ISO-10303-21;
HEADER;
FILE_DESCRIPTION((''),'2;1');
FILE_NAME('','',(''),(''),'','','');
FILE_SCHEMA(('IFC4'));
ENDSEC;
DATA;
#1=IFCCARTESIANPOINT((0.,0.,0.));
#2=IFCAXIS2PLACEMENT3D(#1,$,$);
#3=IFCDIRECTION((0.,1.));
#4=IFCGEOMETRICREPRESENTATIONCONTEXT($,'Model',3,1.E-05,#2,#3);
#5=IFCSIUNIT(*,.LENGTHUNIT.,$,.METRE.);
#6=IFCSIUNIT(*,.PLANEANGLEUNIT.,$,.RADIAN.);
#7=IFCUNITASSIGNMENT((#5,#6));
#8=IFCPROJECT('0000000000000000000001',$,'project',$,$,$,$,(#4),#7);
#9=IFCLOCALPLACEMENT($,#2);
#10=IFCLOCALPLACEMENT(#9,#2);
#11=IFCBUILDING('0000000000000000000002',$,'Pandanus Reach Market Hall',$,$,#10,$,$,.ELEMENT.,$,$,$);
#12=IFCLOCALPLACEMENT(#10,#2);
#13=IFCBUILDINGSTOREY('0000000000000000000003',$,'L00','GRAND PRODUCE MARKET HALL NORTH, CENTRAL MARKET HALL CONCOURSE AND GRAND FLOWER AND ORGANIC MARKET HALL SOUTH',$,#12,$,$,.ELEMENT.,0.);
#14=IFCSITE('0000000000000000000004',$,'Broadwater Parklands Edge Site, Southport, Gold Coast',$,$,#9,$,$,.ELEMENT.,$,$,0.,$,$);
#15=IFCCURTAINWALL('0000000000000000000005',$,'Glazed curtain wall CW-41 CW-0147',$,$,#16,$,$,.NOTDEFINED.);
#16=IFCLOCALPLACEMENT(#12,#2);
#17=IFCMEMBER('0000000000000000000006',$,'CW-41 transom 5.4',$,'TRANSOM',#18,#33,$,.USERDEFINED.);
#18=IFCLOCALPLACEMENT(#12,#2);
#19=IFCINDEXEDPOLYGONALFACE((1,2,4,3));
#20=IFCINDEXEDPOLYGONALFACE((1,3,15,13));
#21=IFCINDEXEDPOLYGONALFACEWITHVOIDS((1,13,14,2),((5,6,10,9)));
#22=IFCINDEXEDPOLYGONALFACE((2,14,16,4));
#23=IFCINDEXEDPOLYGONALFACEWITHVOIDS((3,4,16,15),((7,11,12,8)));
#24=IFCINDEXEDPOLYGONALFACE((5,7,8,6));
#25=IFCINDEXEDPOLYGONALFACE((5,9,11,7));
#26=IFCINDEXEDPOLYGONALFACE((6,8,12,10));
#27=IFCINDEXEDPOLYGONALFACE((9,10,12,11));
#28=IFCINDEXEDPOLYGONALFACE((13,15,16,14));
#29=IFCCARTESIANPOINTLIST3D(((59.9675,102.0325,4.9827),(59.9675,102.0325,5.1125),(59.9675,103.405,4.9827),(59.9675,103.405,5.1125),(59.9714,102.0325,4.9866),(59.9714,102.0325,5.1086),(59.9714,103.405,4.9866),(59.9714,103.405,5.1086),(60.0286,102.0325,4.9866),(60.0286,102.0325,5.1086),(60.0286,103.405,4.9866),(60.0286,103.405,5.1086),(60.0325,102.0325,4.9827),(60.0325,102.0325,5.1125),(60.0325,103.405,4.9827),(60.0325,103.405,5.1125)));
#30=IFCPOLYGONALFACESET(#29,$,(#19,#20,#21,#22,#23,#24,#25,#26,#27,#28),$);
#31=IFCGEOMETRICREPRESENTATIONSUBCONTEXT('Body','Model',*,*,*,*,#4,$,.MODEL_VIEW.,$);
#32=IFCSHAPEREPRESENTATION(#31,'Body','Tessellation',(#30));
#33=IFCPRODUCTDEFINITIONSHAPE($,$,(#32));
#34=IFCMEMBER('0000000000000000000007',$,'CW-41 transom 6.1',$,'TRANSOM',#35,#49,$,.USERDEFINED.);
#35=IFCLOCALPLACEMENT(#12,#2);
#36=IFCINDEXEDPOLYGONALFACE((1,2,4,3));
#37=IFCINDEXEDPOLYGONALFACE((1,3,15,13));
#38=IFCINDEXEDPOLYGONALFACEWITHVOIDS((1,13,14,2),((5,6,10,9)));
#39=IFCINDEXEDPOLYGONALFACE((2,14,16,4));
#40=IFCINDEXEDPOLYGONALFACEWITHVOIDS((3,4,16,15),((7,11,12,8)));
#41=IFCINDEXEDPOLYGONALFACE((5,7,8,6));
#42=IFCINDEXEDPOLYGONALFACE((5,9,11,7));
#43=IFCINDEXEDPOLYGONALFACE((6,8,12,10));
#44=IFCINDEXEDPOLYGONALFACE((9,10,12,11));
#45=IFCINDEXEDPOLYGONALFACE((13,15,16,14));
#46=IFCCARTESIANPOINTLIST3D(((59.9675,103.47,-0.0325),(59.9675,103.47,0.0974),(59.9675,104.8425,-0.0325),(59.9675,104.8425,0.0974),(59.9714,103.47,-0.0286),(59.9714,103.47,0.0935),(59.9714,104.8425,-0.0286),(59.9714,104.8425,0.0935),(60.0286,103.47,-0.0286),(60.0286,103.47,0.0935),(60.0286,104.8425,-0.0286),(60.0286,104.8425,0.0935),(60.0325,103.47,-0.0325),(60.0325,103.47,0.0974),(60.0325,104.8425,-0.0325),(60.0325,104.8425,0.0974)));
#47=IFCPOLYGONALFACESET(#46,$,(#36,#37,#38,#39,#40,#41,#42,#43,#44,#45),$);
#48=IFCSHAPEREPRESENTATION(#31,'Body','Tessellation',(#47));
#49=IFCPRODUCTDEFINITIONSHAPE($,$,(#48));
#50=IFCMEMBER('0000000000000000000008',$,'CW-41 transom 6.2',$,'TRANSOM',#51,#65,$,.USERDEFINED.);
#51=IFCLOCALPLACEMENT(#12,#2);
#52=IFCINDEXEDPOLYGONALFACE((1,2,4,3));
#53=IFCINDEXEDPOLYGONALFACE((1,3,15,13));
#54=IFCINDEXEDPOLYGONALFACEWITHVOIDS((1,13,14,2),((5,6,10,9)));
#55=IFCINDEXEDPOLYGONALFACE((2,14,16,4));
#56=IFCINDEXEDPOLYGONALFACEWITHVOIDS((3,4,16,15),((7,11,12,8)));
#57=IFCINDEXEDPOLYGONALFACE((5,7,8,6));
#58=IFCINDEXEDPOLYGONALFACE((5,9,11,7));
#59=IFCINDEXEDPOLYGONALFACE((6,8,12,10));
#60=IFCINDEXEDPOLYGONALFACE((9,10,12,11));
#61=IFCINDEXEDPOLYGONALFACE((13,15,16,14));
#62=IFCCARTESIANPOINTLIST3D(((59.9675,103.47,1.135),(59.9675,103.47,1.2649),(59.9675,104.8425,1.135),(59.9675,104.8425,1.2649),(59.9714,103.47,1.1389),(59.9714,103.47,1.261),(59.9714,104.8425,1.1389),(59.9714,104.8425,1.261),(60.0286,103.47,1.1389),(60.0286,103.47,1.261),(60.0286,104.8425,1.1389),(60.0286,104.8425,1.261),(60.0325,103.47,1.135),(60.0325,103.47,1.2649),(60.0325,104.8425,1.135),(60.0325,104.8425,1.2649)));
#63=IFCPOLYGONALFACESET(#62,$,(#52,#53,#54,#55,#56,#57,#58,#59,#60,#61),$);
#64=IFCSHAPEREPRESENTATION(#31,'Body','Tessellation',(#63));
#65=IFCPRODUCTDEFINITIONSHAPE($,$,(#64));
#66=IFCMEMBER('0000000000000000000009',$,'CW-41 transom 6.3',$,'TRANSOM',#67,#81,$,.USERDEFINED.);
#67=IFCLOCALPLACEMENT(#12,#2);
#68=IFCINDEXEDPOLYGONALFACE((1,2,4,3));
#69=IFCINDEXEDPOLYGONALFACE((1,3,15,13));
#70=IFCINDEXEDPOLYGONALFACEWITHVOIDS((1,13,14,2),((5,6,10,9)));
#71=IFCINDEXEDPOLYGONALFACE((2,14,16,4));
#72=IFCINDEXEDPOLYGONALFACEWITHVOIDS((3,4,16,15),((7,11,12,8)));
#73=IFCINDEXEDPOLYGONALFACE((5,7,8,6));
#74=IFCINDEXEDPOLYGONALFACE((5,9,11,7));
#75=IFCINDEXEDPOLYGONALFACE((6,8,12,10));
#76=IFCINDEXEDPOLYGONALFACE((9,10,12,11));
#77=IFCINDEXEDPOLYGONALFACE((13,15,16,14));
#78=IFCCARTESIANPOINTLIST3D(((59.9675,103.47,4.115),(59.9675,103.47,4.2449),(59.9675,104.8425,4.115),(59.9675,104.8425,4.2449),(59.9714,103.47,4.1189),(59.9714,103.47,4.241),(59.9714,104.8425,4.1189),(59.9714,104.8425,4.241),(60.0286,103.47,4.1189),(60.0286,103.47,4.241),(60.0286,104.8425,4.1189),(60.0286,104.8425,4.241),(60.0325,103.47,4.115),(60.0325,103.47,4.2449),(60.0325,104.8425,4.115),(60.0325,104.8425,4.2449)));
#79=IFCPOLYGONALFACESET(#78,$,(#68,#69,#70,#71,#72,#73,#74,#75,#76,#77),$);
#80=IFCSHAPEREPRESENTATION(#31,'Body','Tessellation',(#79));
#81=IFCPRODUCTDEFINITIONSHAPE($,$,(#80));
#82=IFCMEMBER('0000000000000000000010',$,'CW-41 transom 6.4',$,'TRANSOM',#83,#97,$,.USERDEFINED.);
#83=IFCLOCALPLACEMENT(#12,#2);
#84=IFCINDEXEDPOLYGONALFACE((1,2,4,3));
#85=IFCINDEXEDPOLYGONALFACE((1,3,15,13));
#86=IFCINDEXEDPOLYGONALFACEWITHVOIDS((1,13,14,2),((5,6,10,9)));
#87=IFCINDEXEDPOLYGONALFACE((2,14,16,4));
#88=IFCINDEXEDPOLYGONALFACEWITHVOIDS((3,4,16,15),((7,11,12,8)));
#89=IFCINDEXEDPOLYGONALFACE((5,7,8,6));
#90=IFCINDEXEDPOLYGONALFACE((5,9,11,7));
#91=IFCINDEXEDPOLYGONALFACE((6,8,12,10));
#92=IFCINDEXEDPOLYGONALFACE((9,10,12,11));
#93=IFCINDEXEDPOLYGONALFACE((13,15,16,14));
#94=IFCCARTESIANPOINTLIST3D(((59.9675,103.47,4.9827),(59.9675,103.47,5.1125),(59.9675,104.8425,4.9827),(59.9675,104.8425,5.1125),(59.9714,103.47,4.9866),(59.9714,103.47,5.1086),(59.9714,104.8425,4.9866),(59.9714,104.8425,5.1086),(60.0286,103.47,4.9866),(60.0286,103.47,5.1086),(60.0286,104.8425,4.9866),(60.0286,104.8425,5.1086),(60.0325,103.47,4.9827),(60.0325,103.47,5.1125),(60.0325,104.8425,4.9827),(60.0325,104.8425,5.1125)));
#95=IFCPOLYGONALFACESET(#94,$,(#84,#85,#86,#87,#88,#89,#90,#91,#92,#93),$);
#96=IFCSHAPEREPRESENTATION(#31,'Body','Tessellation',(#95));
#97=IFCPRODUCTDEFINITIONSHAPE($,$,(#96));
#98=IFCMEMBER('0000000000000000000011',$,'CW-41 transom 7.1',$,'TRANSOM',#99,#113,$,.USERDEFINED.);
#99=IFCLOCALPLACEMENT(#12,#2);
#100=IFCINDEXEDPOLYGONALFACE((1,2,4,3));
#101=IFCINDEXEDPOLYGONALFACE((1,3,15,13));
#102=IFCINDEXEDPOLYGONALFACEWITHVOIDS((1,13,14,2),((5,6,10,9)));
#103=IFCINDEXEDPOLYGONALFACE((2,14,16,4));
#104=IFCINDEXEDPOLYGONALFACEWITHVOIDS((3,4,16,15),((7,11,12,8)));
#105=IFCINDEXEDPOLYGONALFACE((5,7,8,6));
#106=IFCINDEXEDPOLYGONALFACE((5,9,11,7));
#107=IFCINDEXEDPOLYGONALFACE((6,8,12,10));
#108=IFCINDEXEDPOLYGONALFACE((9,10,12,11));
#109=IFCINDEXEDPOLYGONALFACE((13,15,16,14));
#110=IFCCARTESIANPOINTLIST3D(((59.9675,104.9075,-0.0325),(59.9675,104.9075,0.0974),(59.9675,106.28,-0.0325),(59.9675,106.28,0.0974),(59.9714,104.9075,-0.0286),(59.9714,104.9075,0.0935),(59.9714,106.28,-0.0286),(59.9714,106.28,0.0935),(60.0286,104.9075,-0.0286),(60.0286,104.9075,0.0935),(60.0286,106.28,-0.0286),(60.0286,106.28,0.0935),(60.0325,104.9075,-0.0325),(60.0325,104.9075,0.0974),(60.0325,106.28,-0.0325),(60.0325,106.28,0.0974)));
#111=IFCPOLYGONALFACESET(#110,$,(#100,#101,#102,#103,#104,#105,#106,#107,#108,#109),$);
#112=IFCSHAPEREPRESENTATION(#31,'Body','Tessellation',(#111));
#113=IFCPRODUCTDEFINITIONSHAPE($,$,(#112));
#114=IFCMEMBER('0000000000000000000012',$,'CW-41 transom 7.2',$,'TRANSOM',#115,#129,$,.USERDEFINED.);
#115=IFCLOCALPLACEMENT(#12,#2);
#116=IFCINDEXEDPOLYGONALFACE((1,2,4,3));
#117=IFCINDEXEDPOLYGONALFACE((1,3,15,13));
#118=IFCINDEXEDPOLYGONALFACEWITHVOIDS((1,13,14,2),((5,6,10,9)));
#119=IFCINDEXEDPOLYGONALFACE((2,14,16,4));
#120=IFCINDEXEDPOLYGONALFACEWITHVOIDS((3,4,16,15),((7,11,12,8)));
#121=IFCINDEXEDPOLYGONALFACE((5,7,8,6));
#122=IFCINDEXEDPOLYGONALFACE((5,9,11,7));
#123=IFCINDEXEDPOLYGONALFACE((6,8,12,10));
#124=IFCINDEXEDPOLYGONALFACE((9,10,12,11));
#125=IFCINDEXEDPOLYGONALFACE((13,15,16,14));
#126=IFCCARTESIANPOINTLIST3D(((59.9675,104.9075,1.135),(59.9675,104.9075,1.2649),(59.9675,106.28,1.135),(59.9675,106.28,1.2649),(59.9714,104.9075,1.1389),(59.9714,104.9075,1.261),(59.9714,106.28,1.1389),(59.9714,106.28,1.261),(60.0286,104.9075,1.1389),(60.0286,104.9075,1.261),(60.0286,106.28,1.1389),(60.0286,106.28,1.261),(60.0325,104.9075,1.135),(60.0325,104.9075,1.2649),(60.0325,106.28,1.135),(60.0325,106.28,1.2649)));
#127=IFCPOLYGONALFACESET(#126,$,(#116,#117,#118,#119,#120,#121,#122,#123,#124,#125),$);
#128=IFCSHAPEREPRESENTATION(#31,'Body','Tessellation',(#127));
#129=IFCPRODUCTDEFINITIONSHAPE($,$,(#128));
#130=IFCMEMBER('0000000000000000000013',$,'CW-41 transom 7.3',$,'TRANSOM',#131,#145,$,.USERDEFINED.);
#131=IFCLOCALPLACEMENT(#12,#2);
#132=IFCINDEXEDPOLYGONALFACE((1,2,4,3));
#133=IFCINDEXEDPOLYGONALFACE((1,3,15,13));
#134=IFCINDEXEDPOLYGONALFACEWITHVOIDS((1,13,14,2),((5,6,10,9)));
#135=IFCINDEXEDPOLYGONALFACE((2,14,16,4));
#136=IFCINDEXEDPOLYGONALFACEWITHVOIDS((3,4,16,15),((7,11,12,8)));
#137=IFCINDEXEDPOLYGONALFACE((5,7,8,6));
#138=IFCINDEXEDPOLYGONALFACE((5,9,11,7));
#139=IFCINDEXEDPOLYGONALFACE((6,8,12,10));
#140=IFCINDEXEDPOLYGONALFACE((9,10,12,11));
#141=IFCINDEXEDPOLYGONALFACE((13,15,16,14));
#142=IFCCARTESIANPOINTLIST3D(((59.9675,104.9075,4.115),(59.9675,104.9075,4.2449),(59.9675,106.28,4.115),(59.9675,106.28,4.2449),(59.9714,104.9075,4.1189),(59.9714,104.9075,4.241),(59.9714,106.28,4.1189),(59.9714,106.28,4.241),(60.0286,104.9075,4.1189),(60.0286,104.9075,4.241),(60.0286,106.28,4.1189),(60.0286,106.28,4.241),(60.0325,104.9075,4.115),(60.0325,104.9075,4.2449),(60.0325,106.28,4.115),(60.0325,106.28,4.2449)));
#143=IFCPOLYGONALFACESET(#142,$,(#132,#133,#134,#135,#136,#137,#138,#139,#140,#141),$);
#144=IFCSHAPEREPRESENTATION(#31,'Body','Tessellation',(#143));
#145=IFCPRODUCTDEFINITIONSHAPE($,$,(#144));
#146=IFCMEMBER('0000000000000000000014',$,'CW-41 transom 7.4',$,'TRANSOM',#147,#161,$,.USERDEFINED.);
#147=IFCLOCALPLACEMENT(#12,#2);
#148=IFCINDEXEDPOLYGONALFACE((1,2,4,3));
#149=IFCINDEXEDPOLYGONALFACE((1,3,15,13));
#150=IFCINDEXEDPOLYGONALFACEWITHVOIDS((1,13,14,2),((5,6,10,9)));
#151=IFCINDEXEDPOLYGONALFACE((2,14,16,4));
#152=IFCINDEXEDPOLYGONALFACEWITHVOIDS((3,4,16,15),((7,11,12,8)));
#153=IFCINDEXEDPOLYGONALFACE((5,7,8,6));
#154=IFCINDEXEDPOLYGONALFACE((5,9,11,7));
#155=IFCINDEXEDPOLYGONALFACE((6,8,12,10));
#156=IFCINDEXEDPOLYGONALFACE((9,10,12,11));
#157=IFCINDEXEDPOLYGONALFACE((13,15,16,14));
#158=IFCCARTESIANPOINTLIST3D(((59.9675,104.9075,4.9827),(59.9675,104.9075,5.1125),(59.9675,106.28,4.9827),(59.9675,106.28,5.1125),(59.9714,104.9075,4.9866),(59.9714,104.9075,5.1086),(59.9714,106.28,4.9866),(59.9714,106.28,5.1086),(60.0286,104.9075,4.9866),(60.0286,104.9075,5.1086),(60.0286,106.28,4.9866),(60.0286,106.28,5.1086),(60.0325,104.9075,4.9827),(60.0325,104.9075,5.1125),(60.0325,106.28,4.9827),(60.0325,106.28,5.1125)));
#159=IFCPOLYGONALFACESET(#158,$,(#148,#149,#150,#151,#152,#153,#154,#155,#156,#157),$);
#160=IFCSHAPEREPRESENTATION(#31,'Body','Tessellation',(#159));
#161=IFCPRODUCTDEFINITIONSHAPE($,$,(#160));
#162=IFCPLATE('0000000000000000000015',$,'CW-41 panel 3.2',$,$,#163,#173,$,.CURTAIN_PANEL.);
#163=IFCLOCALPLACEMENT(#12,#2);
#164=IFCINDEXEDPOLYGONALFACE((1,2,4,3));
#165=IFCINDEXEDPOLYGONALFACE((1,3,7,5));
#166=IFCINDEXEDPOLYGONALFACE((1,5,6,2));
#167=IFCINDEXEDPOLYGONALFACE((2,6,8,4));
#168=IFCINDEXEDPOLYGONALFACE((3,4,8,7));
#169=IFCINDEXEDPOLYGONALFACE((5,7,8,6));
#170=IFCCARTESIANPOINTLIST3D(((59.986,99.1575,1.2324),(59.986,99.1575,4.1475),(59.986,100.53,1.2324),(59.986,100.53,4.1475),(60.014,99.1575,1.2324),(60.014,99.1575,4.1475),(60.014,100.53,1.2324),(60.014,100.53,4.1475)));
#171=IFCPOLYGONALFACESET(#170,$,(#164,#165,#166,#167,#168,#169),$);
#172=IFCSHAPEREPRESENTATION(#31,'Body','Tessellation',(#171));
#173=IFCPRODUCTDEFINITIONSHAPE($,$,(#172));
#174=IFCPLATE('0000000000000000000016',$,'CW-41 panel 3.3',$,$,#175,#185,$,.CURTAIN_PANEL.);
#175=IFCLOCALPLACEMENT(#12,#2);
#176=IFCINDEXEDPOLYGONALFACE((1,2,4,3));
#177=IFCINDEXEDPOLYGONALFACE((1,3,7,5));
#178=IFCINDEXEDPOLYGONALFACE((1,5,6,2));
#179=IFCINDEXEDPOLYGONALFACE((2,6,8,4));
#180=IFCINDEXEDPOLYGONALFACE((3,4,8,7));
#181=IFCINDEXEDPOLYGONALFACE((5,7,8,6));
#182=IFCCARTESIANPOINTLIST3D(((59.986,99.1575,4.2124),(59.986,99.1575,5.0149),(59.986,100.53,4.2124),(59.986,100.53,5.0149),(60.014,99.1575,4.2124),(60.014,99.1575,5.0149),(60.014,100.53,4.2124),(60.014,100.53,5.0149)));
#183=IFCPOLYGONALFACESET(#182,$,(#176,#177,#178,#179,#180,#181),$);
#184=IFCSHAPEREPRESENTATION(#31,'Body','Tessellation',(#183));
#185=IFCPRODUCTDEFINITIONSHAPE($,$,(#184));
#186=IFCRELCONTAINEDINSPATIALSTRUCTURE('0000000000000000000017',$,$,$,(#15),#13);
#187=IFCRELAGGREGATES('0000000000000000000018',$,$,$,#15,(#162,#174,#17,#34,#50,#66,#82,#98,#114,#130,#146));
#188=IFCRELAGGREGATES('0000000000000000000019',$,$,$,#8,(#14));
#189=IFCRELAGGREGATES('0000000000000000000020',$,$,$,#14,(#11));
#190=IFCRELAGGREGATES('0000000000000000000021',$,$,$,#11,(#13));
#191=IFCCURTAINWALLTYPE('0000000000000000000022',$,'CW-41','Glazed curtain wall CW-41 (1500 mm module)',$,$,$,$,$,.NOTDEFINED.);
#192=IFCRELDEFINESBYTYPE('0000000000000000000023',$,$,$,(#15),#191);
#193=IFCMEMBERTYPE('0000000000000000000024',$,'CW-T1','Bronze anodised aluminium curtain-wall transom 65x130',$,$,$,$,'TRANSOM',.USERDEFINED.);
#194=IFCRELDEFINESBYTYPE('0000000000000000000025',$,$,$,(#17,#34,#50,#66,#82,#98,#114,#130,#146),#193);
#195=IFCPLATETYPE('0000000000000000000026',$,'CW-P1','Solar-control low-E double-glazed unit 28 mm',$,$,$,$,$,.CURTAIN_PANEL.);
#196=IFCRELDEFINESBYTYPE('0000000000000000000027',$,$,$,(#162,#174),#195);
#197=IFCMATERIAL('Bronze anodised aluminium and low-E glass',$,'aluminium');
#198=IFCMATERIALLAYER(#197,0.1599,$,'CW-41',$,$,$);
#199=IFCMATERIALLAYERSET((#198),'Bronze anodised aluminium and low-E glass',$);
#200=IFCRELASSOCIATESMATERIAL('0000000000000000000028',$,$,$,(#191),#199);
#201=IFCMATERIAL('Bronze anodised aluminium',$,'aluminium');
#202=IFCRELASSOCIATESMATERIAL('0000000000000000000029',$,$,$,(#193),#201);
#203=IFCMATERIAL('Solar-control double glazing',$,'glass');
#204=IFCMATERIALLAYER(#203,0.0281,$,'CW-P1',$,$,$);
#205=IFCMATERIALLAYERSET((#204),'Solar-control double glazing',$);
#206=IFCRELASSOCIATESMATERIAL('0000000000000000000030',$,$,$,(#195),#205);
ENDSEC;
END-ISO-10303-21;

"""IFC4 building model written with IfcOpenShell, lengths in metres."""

from ifc_helpers import new_model, si_unit, direction, frame, origin, origin_2d, place, context, subcontext, project, spatial, rectangle, hollow_rectangle, extrude, material, layer, layer_set, material_profile, profile_set, type_object, element, aggregate, save


model = new_model("IFC4")

# Units and contexts
model_context = context("Model", 3, precision=1e-05, world=origin(), true_north=direction((0.0, 1.0)))
body_context = subcontext(model_context, "Body", "Model", "MODEL_VIEW")
ifc_project = project(units=[si_unit("LENGTHUNIT", "METRE"), si_unit("PLANEANGLEUNIT", "RADIAN")], contexts=[model_context])

# Site, building, storey
site_placement = place(None, origin())
site = spatial("IfcSite", under=ifc_project, at=site_placement, Name="Broadwater Parklands Edge Site, Southport, Gold Coast", CompositionType="ELEMENT", RefElevation=0.0)
building_placement = place(site_placement, origin())
building = spatial("IfcBuilding", under=site, at=building_placement, Name="Pandanus Reach Market Hall", CompositionType="ELEMENT")
storey_placement = place(building_placement, origin())
storey = spatial("IfcBuildingStorey", under=building, at=storey_placement, Name="L00", Description="GRAND PRODUCE MARKET HALL NORTH, CENTRAL MARKET HALL CONCOURSE AND GRAND FLOWER AND ORGANIC MARKET HALL SOUTH", CompositionType="ELEMENT", Elevation=0.0)

# Curtain wall, members, plates
ifc_material_1 = material(Name="Bronze anodised aluminium and low-E glass", Category="aluminium")
ifc_layer_1 = layer(ifc_material_1, 0.1599, Name="CW-41")
ifc_layer_set_1 = layer_set([ifc_layer_1], Name="Bronze anodised aluminium and low-E glass")
curtain_wall_type = type_object("IfcCurtainWallType", Name="CW-41", Description="Glazed curtain wall CW-41 (1500 mm module)", PredefinedType="NOTDEFINED", material=ifc_layer_set_1)
curtain_wall_placement = place(storey_placement, origin())
curtain_wall = element("IfcCurtainWall", 1, at=curtain_wall_placement, inside=storey, type_object=curtain_wall_type, Name="Glazed curtain wall CW-41 CW-0147", PredefinedType="NOTDEFINED")
ifc_material_2 = material(Name="Bronze anodised aluminium", Category="aluminium")
ifc_material_profile_1 = material_profile(ifc_material_2, hollow_rectangle(XDim=0.0649, YDim=0.1299, WallThickness=0.0039, at=origin_2d()), Name="ALU65x130", Category="LoadBearing")
ifc_profile_set_1 = profile_set([ifc_material_profile_1], Name="Bronze anodised aluminium")
member_type_1 = type_object("IfcMemberType", Name="CW-T1", Description="Bronze anodised aluminium curtain-wall transom 65x130", ElementType="TRANSOM", PredefinedType="USERDEFINED", material=ifc_profile_set_1)
member_1_placement = place(storey_placement, frame((60.0, 102.0325, 5.0476), z_axis=(0.0, 1.0, 0.0), x_axis=(-1.0, 0.0, 0.0)))
member_1 = element("IfcMember", 2, at=member_1_placement, type_object=member_type_1, Name="CW-41 transom 5.4", ObjectType="TRANSOM", PredefinedType="USERDEFINED", context=body_context, shape_type="SweptSolid", body=[
    extrude(hollow_rectangle(XDim=0.0649, YDim=0.1299, WallThickness=0.0039, at=origin_2d()), origin(), (0.0, 0.0, 1.0), 1.3726),
])
member_2_placement = place(storey_placement, frame((60.0, 103.47, 0.0325), z_axis=(0.0, 1.0, 0.0), x_axis=(-1.0, 0.0, 0.0)))
member_2 = element("IfcMember", 3, at=member_2_placement, type_object=member_type_1, Name="CW-41 transom 6.1", ObjectType="TRANSOM", PredefinedType="USERDEFINED", context=body_context, shape_type="SweptSolid", body=[
    extrude(hollow_rectangle(XDim=0.0649, YDim=0.1299, WallThickness=0.0039, at=origin_2d()), origin(), (0.0, 0.0, 1.0), 1.3726),
])
member_3_placement = place(storey_placement, frame((60.0, 103.47, 1.2), z_axis=(0.0, 1.0, 0.0), x_axis=(-1.0, 0.0, 0.0)))
member_3 = element("IfcMember", 4, at=member_3_placement, type_object=member_type_1, Name="CW-41 transom 6.2", ObjectType="TRANSOM", PredefinedType="USERDEFINED", context=body_context, shape_type="SweptSolid", body=[
    extrude(hollow_rectangle(XDim=0.0649, YDim=0.1299, WallThickness=0.0039, at=origin_2d()), origin(), (0.0, 0.0, 1.0), 1.3726),
])
member_4_placement = place(storey_placement, frame((60.0, 103.47, 4.1799), z_axis=(0.0, 1.0, 0.0), x_axis=(-1.0, 0.0, 0.0)))
member_4 = element("IfcMember", 5, at=member_4_placement, type_object=member_type_1, Name="CW-41 transom 6.3", ObjectType="TRANSOM", PredefinedType="USERDEFINED", context=body_context, shape_type="SweptSolid", body=[
    extrude(hollow_rectangle(XDim=0.0649, YDim=0.1299, WallThickness=0.0039, at=origin_2d()), origin(), (0.0, 0.0, 1.0), 1.3726),
])
member_5_placement = place(storey_placement, frame((60.0, 103.47, 5.0476), z_axis=(0.0, 1.0, 0.0), x_axis=(-1.0, 0.0, 0.0)))
member_5 = element("IfcMember", 6, at=member_5_placement, type_object=member_type_1, Name="CW-41 transom 6.4", ObjectType="TRANSOM", PredefinedType="USERDEFINED", context=body_context, shape_type="SweptSolid", body=[
    extrude(hollow_rectangle(XDim=0.0649, YDim=0.1299, WallThickness=0.0039, at=origin_2d()), origin(), (0.0, 0.0, 1.0), 1.3726),
])
member_6_placement = place(storey_placement, frame((60.0, 104.9075, 0.0325), z_axis=(0.0, 1.0, 0.0), x_axis=(-1.0, 0.0, 0.0)))
member_6 = element("IfcMember", 7, at=member_6_placement, type_object=member_type_1, Name="CW-41 transom 7.1", ObjectType="TRANSOM", PredefinedType="USERDEFINED", context=body_context, shape_type="SweptSolid", body=[
    extrude(hollow_rectangle(XDim=0.0649, YDim=0.1299, WallThickness=0.0039, at=origin_2d()), origin(), (0.0, 0.0, 1.0), 1.3726),
])
member_7_placement = place(storey_placement, frame((60.0, 104.9075, 1.2), z_axis=(0.0, 1.0, 0.0), x_axis=(-1.0, 0.0, 0.0)))
member_7 = element("IfcMember", 8, at=member_7_placement, type_object=member_type_1, Name="CW-41 transom 7.2", ObjectType="TRANSOM", PredefinedType="USERDEFINED", context=body_context, shape_type="SweptSolid", body=[
    extrude(hollow_rectangle(XDim=0.0649, YDim=0.1299, WallThickness=0.0039, at=origin_2d()), origin(), (0.0, 0.0, 1.0), 1.3726),
])
member_8_placement = place(storey_placement, frame((60.0, 104.9075, 4.1799), z_axis=(0.0, 1.0, 0.0), x_axis=(-1.0, 0.0, 0.0)))
member_8 = element("IfcMember", 9, at=member_8_placement, type_object=member_type_1, Name="CW-41 transom 7.3", ObjectType="TRANSOM", PredefinedType="USERDEFINED", context=body_context, shape_type="SweptSolid", body=[
    extrude(hollow_rectangle(XDim=0.0649, YDim=0.1299, WallThickness=0.0039, at=origin_2d()), origin(), (0.0, 0.0, 1.0), 1.3726),
])
member_9_placement = place(storey_placement, frame((60.0, 104.9075, 5.0476), z_axis=(0.0, 1.0, 0.0), x_axis=(-1.0, 0.0, 0.0)))
member_9 = element("IfcMember", 10, at=member_9_placement, type_object=member_type_1, Name="CW-41 transom 7.4", ObjectType="TRANSOM", PredefinedType="USERDEFINED", context=body_context, shape_type="SweptSolid", body=[
    extrude(hollow_rectangle(XDim=0.0649, YDim=0.1299, WallThickness=0.0039, at=origin_2d()), origin(), (0.0, 0.0, 1.0), 1.3726),
])
ifc_material_3 = material(Name="Solar-control double glazing", Category="glass")
ifc_layer_2 = layer(ifc_material_3, 0.0281, Name="CW-P1")
ifc_layer_set_2 = layer_set([ifc_layer_2], Name="Solar-control double glazing")
plate_type = type_object("IfcPlateType", Name="CW-P1", Description="Solar-control low-E double-glazed unit 28 mm", PredefinedType="CURTAIN_PANEL", material=ifc_layer_set_2)
plate_1_placement = place(storey_placement, frame((60.0, 99.8438, 1.2324), z_axis=(0.0, 0.0, 1.0), x_axis=(0.0, 1.0, 0.0)))
plate_1 = element("IfcPlate", 11, at=plate_1_placement, type_object=plate_type, Name="CW-41 panel 3.2", PredefinedType="CURTAIN_PANEL", context=body_context, shape_type="SweptSolid", body=[
    extrude(rectangle(XDim=1.3726, YDim=0.0281, at=origin_2d()), origin(), (0.0, 0.0, 1.0), 2.915),
])
plate_2_placement = place(storey_placement, frame((60.0, 99.8438, 4.2124), z_axis=(0.0, 0.0, 1.0), x_axis=(0.0, 1.0, 0.0)))
plate_2 = element("IfcPlate", 12, at=plate_2_placement, type_object=plate_type, Name="CW-41 panel 3.3", PredefinedType="CURTAIN_PANEL", context=body_context, shape_type="SweptSolid", body=[
    extrude(rectangle(XDim=1.3726, YDim=0.0281, at=origin_2d()), origin(), (0.0, 0.0, 1.0), 0.8025),
])
aggregate(curtain_wall, [plate_1, plate_2, member_1, member_2, member_3, member_4, member_5, member_6, member_7, member_8, member_9])

save(model, "model.ifc")
